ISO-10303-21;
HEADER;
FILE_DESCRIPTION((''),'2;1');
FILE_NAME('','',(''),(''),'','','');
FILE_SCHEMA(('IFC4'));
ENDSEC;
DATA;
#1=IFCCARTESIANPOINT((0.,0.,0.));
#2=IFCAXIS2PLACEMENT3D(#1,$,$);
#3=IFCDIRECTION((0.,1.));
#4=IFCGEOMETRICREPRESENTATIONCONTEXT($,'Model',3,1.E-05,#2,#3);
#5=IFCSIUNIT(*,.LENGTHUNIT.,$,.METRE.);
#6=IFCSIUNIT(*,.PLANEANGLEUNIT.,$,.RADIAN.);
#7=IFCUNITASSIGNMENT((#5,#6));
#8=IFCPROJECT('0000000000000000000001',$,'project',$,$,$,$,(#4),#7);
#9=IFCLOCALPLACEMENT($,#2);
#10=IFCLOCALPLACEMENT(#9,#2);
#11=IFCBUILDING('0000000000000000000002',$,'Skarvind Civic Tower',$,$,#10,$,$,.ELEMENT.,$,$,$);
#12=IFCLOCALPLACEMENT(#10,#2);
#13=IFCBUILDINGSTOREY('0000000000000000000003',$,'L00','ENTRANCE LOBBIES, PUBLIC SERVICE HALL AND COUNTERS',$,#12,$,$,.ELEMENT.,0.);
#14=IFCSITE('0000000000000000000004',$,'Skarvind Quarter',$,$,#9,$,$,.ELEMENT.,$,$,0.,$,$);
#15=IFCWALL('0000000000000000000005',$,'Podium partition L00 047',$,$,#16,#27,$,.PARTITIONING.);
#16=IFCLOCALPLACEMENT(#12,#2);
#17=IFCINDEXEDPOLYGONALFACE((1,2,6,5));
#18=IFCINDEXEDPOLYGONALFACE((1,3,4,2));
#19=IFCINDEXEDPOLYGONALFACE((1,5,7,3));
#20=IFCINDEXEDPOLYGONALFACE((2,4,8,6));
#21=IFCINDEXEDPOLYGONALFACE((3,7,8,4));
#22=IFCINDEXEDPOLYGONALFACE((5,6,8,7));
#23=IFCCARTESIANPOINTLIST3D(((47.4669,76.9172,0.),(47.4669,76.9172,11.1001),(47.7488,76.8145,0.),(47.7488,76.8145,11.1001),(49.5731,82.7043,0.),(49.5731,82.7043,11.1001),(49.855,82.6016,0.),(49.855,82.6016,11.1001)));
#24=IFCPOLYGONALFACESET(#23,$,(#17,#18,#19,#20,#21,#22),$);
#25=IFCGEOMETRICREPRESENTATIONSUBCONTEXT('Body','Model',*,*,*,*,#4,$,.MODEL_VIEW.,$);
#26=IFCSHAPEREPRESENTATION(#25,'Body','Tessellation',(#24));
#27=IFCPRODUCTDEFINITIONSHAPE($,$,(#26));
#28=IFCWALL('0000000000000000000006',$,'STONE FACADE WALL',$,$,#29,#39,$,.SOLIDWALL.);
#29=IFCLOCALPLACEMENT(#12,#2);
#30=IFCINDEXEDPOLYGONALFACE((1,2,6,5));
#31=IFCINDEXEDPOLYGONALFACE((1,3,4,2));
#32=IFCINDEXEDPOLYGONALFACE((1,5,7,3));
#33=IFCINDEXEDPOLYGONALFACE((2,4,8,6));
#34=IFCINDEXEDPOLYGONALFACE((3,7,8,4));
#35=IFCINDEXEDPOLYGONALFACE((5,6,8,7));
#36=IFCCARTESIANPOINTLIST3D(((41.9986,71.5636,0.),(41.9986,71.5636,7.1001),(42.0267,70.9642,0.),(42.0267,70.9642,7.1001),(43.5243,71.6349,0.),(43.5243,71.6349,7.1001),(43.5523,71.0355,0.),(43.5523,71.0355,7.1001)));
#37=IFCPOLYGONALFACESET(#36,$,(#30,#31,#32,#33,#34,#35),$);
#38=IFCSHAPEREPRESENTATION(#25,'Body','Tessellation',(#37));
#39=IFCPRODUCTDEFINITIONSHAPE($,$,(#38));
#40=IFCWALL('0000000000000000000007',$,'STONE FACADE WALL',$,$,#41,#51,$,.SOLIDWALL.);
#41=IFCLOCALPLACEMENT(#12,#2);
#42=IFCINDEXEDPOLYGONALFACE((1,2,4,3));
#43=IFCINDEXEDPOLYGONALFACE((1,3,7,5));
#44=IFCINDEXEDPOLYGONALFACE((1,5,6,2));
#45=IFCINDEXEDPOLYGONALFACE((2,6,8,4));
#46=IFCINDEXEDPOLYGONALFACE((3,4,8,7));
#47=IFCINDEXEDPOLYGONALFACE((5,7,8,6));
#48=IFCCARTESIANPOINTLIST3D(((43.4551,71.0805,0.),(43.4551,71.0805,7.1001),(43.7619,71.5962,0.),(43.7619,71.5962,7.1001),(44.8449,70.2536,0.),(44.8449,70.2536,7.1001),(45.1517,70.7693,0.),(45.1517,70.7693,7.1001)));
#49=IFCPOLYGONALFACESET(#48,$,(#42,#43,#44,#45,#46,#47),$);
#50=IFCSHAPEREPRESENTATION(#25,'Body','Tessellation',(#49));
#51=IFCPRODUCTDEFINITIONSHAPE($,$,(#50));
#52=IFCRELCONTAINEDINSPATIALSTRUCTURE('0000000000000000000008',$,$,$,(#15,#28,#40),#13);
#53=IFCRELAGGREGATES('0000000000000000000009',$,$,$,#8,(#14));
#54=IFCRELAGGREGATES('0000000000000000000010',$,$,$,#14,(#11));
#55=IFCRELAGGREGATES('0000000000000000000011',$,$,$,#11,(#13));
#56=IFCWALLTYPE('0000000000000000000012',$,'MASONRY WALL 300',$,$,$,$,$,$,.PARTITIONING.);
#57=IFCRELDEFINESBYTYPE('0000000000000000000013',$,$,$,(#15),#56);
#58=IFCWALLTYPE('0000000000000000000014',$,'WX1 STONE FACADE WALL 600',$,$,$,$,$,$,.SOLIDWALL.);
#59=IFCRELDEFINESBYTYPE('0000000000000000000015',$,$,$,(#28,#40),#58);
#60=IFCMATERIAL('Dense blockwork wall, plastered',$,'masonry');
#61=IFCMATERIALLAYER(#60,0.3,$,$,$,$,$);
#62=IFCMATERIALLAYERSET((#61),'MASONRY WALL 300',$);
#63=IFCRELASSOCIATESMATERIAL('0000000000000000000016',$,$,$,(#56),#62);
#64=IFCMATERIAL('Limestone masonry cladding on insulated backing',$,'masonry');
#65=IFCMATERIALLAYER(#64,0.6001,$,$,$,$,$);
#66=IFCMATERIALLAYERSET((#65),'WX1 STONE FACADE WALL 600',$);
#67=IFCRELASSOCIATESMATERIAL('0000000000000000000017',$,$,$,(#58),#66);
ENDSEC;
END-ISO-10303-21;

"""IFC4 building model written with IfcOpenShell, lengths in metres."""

from ifc_helpers import new_model, si_unit, direction, frame, frame_2d, origin, place, context, subcontext, project, spatial, rectangle, extrude, material, layer, layer_set, type_object, element, save


model = new_model("IFC4")

# Units and contexts
model_context = context("Model", 3, precision=1e-05, world=origin(), true_north=direction((0.0, 1.0)))
body_context = subcontext(model_context, "Body", "Model", "MODEL_VIEW")
ifc_project = project(units=[si_unit("LENGTHUNIT", "METRE"), si_unit("PLANEANGLEUNIT", "RADIAN")], contexts=[model_context])

# Site, building, storey
site_placement = place(None, origin())
site = spatial("IfcSite", under=ifc_project, at=site_placement, Name="Skarvind Quarter", CompositionType="ELEMENT", RefElevation=0.0)
building_placement = place(site_placement, origin())
building = spatial("IfcBuilding", under=site, at=building_placement, Name="Skarvind Civic Tower", CompositionType="ELEMENT")
storey_placement = place(building_placement, origin())
storey = spatial("IfcBuildingStorey", under=building, at=storey_placement, Name="L00", Description="ENTRANCE LOBBIES, PUBLIC SERVICE HALL AND COUNTERS", CompositionType="ELEMENT", Elevation=0.0)

# Walls
ifc_material_1 = material(Name="Dense blockwork wall, plastered", Category="masonry")
ifc_layer_1 = layer(ifc_material_1, 0.3)
ifc_layer_set_1 = layer_set([ifc_layer_1], Name="MASONRY WALL 300")
wall_type_1 = type_object("IfcWallType", Name="MASONRY WALL 300", PredefinedType="PARTITIONING", material=ifc_layer_set_1)
wall_1_placement = place(storey_placement, frame((47.6079, 76.866, 0.0), z_axis=(0.0, 0.0, 1.0), x_axis=(0.342001, 0.9397, 0.0)))
element("IfcWall", 1, at=wall_1_placement, inside=storey, type_object=wall_type_1, Name="Podium partition L00 047", PredefinedType="PARTITIONING", context=body_context, shape_type="SweptSolid", body=[
    extrude(rectangle(XDim=6.1584, YDim=0.3, at=frame_2d((3.0791, 0.0))), origin(), (0.0, 0.0, 1.0), 11.1001),
])
ifc_material_2 = material(Name="Limestone masonry cladding on insulated backing", Category="masonry")
ifc_layer_2 = layer(ifc_material_2, 0.6001)
ifc_layer_set_2 = layer_set([ifc_layer_2], Name="WX1 STONE FACADE WALL 600")
wall_type_2 = type_object("IfcWallType", Name="WX1 STONE FACADE WALL 600", PredefinedType="SOLIDWALL", material=ifc_layer_set_2)
wall_2_placement = place(storey_placement, frame((43.5383, 71.3352, 0.0), z_axis=(0.0, 0.0, 1.0), x_axis=(-0.99891, -0.046677, 0.0)))
element("IfcWall", 2, at=wall_2_placement, inside=storey, type_object=wall_type_2, Name="STONE FACADE WALL", PredefinedType="SOLIDWALL", context=body_context, shape_type="SweptSolid", body=[
    extrude(rectangle(XDim=1.5273, YDim=0.6001, at=frame_2d((0.7637, 0.0))), origin(), (0.0, 0.0, 1.0), 7.1001),
])
wall_3_placement = place(storey_placement, frame((44.9983, 70.5115, 0.0), z_axis=(0.0, 0.0, 1.0), x_axis=(-0.859405, 0.511295, 0.0)))
element("IfcWall", 3, at=wall_3_placement, inside=storey, type_object=wall_type_2, Name="STONE FACADE WALL", PredefinedType="SOLIDWALL", context=body_context, shape_type="SweptSolid", body=[
    extrude(rectangle(XDim=1.6172, YDim=0.6001, at=frame_2d((0.8086, 0.0))), origin(), (0.0, 0.0, 1.0), 7.1001),
])

save(model, "model.ifc")
